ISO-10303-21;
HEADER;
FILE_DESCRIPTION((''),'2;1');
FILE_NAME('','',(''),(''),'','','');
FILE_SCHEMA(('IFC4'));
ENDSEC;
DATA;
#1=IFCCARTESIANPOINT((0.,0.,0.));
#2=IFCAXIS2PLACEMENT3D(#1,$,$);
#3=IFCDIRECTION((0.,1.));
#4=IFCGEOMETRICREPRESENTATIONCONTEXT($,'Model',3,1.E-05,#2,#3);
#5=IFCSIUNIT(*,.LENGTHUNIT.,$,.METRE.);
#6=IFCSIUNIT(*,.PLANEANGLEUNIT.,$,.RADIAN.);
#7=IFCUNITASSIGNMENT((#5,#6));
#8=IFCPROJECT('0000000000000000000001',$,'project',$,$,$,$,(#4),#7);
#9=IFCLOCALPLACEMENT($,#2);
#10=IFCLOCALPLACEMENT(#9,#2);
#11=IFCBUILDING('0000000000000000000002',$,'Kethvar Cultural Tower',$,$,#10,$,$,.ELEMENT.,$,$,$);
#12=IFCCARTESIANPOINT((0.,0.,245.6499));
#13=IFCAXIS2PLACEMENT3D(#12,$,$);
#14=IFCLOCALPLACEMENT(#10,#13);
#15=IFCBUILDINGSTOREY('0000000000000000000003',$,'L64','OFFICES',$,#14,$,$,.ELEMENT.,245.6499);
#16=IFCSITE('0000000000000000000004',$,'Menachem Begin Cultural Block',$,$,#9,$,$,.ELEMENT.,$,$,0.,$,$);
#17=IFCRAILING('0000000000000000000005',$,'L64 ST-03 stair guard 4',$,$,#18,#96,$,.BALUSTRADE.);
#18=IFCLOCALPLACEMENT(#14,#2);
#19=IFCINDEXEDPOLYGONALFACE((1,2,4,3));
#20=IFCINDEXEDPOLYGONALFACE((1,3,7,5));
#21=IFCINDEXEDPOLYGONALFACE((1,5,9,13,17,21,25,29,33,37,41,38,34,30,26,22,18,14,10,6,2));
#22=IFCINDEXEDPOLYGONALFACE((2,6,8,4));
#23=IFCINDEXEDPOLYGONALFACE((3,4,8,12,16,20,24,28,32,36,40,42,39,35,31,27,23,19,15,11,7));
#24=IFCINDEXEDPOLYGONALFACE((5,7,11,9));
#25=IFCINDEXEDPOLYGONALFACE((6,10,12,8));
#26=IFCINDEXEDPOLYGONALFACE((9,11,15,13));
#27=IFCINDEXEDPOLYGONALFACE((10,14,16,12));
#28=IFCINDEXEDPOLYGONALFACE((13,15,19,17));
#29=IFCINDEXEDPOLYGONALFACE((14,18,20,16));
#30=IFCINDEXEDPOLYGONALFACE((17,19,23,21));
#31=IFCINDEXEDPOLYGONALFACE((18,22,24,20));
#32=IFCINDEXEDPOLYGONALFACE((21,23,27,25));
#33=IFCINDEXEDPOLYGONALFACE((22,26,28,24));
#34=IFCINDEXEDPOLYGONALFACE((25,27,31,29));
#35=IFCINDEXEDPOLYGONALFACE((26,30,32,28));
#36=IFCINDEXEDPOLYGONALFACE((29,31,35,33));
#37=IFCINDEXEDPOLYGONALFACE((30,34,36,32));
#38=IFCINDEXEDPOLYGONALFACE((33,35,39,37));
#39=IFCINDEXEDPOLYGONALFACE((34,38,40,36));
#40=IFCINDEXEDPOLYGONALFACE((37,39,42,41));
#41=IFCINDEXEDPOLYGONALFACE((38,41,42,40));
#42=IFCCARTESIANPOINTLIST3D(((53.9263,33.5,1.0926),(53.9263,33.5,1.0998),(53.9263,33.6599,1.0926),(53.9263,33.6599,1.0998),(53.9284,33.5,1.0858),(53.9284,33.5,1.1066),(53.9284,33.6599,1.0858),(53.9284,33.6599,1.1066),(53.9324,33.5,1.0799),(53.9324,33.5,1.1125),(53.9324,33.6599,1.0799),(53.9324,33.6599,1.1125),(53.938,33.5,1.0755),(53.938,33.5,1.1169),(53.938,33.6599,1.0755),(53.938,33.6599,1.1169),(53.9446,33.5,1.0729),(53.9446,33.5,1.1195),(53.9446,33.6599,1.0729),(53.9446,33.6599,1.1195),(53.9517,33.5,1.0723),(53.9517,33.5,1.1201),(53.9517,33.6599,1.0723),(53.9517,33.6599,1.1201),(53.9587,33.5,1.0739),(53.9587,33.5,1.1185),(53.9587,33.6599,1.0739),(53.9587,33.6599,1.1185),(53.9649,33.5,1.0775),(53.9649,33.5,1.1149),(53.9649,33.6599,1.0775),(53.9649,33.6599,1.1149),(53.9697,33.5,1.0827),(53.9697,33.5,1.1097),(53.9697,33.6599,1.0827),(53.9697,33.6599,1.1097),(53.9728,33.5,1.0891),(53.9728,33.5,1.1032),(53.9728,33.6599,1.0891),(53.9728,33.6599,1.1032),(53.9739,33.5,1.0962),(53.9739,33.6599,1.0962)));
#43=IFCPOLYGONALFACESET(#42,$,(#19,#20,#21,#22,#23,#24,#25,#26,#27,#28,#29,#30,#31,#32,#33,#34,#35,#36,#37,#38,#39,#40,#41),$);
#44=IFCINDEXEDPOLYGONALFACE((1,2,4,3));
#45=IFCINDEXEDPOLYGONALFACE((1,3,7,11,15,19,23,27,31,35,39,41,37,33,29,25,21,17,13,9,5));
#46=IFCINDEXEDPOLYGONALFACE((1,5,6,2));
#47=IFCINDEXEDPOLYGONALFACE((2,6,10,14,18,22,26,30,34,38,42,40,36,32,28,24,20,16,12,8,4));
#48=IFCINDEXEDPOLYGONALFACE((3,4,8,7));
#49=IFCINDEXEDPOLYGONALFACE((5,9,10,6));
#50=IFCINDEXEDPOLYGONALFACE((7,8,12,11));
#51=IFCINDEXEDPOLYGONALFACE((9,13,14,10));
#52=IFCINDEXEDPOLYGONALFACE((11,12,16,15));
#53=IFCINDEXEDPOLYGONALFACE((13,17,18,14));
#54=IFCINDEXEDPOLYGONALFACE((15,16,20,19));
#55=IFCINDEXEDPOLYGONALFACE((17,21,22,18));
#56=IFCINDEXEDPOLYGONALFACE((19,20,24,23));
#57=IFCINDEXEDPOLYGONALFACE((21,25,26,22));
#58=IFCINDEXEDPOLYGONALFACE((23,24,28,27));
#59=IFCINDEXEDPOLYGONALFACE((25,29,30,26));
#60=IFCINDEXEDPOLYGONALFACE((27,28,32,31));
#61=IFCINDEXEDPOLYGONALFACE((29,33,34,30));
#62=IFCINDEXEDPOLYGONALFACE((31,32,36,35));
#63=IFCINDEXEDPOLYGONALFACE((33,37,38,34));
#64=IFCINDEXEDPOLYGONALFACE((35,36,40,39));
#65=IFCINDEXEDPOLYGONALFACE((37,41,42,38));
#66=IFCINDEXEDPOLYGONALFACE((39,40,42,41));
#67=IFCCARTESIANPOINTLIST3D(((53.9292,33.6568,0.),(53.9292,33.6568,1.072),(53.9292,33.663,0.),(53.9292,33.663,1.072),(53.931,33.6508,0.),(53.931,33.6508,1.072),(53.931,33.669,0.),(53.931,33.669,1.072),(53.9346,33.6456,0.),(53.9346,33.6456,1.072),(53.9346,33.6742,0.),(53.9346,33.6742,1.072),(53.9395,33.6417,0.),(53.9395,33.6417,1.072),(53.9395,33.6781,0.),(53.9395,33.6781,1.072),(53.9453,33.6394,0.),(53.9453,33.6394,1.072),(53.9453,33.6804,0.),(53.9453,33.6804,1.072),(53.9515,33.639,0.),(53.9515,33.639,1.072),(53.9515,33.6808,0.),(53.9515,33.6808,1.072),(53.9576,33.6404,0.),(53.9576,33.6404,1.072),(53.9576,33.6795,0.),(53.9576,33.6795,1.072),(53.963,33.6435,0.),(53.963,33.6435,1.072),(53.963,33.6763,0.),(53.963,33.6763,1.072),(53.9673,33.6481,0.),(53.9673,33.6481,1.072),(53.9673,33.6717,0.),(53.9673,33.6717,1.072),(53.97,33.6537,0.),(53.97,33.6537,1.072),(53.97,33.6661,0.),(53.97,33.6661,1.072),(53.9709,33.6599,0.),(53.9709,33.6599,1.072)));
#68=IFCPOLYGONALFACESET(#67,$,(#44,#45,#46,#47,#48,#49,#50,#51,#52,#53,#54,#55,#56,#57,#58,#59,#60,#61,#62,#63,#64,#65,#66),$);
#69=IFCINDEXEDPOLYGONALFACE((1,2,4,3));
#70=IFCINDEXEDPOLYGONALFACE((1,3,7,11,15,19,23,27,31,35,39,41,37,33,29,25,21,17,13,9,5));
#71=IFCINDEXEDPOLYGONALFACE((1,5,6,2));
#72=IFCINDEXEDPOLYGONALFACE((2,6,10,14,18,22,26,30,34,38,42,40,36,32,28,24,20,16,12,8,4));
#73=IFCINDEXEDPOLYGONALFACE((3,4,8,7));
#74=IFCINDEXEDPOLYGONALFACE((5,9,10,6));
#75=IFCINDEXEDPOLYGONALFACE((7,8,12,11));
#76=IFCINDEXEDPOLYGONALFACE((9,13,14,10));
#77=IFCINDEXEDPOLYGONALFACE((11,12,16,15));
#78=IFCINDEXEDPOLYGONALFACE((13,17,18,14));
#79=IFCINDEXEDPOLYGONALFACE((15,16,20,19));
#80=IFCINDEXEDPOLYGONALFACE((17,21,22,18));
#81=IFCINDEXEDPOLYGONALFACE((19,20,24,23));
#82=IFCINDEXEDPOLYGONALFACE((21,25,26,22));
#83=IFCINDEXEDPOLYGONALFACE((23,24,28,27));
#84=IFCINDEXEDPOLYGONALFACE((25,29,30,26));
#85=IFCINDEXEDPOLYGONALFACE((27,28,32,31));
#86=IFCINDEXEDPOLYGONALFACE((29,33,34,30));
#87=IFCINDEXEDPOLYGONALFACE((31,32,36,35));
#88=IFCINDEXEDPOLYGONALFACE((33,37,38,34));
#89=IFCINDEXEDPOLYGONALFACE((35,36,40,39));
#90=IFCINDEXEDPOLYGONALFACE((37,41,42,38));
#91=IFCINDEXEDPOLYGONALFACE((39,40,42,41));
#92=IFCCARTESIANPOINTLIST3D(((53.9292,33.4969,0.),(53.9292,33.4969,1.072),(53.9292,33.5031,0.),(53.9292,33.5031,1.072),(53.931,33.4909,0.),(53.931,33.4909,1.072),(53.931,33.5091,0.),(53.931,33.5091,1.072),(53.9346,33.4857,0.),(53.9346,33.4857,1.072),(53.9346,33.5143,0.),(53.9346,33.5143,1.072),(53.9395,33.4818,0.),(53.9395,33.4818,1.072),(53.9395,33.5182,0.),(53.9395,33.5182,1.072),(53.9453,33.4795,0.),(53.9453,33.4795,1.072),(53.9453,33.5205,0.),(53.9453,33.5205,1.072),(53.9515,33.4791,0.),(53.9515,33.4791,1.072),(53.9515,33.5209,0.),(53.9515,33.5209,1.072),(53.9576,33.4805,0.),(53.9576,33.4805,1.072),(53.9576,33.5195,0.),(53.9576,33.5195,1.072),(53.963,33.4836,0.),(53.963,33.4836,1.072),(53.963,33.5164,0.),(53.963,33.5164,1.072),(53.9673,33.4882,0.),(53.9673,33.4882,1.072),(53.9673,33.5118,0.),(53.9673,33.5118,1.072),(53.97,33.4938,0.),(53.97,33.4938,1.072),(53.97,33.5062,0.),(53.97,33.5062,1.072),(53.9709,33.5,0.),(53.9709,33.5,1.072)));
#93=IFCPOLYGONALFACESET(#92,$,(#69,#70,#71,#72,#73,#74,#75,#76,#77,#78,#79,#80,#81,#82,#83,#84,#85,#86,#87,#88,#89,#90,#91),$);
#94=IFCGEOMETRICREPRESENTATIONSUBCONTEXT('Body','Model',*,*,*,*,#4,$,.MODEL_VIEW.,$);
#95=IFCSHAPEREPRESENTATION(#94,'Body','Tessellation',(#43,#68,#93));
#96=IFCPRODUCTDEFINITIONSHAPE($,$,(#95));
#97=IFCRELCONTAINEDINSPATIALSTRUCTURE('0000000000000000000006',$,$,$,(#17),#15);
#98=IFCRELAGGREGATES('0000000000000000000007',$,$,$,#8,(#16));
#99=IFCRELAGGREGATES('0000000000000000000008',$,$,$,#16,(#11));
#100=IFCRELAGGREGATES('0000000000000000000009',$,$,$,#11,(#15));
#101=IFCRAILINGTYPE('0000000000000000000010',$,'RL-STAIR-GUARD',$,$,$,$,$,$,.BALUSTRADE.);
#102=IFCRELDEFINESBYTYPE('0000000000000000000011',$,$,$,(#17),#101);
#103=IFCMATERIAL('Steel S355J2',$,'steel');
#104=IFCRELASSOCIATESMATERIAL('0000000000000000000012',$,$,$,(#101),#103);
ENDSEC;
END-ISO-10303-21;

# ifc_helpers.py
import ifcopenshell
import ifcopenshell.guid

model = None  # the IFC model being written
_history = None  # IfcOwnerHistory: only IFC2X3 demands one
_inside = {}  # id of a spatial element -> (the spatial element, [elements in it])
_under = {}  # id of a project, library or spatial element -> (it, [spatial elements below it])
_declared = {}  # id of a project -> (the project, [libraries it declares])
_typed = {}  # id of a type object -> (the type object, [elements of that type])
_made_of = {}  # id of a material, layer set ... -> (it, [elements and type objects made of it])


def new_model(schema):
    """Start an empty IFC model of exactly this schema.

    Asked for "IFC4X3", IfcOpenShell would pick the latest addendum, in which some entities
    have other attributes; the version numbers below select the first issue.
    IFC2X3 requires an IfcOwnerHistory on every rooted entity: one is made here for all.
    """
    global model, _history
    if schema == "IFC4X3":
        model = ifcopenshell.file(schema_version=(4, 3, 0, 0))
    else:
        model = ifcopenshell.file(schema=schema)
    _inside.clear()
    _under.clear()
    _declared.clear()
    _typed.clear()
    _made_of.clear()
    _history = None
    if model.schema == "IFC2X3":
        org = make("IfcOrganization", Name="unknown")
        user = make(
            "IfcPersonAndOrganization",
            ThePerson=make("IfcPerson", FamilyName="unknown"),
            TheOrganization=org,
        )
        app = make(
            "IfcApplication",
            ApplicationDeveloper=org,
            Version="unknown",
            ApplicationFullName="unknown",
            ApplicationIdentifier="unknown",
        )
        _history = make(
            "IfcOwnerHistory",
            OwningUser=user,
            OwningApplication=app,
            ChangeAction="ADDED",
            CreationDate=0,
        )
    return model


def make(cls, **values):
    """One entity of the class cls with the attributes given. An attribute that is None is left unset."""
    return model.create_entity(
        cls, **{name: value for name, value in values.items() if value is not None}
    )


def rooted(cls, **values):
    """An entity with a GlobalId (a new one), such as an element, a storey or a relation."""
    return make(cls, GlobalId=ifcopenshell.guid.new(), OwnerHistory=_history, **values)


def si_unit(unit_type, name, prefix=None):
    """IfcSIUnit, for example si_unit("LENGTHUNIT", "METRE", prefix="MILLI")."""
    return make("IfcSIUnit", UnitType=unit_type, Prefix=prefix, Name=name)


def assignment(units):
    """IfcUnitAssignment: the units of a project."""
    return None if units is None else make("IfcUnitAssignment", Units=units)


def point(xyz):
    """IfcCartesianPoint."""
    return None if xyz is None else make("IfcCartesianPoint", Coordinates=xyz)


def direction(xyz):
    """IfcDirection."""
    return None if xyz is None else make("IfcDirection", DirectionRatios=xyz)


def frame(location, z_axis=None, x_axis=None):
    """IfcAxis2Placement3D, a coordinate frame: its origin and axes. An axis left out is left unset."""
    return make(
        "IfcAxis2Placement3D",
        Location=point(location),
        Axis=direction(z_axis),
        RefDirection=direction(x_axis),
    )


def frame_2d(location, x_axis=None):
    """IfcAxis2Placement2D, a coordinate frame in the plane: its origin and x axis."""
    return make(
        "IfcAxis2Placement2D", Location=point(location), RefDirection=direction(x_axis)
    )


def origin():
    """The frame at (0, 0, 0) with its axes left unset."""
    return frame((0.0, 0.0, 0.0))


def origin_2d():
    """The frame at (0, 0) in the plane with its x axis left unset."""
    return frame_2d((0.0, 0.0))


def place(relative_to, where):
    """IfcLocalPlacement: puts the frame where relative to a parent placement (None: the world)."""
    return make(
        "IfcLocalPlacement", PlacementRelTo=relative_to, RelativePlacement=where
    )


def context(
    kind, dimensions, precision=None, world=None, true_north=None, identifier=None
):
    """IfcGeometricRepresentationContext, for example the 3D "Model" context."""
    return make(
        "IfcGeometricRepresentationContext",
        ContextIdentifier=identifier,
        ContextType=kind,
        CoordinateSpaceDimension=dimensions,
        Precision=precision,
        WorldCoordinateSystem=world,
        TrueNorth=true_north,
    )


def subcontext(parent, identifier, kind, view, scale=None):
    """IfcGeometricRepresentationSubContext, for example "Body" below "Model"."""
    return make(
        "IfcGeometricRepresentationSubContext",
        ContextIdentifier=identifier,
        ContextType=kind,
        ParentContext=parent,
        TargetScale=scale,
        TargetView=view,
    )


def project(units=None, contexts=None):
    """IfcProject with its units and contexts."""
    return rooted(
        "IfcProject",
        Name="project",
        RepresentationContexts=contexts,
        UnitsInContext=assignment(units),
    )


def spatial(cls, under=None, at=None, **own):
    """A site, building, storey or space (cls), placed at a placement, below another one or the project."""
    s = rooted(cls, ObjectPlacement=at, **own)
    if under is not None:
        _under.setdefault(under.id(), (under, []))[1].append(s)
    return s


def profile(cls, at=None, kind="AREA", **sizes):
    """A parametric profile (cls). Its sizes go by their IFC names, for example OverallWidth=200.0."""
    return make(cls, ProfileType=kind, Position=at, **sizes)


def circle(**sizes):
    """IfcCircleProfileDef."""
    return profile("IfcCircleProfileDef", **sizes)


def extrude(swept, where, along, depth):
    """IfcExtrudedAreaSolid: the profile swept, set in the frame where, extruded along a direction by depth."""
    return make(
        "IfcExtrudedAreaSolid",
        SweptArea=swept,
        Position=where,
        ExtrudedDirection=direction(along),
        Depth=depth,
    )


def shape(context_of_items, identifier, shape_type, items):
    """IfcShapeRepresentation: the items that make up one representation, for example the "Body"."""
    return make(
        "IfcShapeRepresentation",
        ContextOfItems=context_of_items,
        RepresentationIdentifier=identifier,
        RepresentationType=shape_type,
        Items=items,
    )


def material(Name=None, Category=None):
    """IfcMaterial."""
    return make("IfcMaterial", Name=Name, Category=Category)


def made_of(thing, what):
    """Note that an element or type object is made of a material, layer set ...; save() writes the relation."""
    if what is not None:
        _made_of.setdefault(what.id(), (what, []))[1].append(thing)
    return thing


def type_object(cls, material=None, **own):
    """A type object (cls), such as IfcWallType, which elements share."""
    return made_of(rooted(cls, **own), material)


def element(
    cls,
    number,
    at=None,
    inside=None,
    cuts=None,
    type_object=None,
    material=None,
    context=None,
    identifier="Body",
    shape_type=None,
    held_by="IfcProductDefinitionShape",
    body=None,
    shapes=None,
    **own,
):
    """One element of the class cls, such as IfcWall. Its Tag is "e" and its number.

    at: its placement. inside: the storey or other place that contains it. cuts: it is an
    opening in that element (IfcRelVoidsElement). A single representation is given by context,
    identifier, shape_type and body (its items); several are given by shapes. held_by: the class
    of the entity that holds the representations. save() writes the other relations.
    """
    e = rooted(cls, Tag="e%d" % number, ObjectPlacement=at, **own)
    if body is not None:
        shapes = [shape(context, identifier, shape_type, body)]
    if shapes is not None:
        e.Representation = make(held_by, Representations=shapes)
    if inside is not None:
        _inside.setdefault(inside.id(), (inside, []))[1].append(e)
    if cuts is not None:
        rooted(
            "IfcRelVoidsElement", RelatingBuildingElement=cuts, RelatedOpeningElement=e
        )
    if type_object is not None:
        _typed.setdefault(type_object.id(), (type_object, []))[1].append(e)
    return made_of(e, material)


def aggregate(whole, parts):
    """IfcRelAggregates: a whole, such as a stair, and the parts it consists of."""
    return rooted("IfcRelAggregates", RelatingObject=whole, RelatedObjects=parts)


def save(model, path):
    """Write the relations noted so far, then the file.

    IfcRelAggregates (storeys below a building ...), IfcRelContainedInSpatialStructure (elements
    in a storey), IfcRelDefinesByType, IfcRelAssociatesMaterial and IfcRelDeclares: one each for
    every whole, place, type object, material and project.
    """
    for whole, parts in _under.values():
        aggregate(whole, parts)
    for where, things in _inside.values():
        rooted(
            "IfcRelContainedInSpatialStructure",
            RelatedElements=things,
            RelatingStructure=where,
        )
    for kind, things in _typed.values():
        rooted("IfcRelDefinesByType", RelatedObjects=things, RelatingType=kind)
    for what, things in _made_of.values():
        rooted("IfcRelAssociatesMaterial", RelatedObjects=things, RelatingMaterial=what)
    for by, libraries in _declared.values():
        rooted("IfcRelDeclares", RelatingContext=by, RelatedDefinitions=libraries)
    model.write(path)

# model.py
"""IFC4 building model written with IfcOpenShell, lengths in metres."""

from ifc_helpers import new_model, si_unit, direction, frame, origin, origin_2d, place, context, subcontext, project, spatial, circle, extrude, material, type_object, element, save


model = new_model("IFC4")

# Units and contexts
model_context = context("Model", 3, precision=1e-05, world=origin(), true_north=direction((0.0, 1.0)))
body_context = subcontext(model_context, "Body", "Model", "MODEL_VIEW")
ifc_project = project(units=[si_unit("LENGTHUNIT", "METRE"), si_unit("PLANEANGLEUNIT", "RADIAN")], contexts=[model_context])

# Site, building, storey
site_placement = place(None, origin())
site = spatial("IfcSite", under=ifc_project, at=site_placement, Name="Menachem Begin Cultural Block", CompositionType="ELEMENT", RefElevation=0.0)
building_placement = place(site_placement, origin())
building = spatial("IfcBuilding", under=site, at=building_placement, Name="Kethvar Cultural Tower", CompositionType="ELEMENT")
storey_placement = place(building_placement, frame((0.0, 0.0, 245.6499)))
storey = spatial("IfcBuildingStorey", under=building, at=storey_placement, Name="L64", Description="OFFICES", CompositionType="ELEMENT", Elevation=245.6499)

# Shared definitions
ifc_material_1 = material(Name="Steel S355J2", Category="steel")

# Railing
railing_type_1 = type_object("IfcRailingType", Name="RL-STAIR-GUARD", PredefinedType="BALUSTRADE", material=ifc_material_1)
railing_1_placement = place(storey_placement, frame((53.95, 33.6599, 0.0)))
element("IfcRailing", 1, at=railing_1_placement, inside=storey, type_object=railing_type_1, Name="L64 ST-03 stair guard 4", PredefinedType="BALUSTRADE", context=body_context, shape_type="SweptSolid", body=[
    extrude(circle(Radius=0.0239, at=origin_2d()), frame((0.0, 0.0, 1.0962), z_axis=(0.0, -1.0, 0.0), x_axis=(1.0, 0.0, 0.0)), (0.0, 0.0, 1.0), 0.1599),
    extrude(circle(Radius=0.021, at=origin_2d()), origin(), (0.0, 0.0, 1.0), 1.072),
    extrude(circle(Radius=0.021, at=origin_2d()), frame((0.0, -0.1599, 0.0)), (0.0, 0.0, 1.0), 1.072),
])

save(model, "model.ifc")
